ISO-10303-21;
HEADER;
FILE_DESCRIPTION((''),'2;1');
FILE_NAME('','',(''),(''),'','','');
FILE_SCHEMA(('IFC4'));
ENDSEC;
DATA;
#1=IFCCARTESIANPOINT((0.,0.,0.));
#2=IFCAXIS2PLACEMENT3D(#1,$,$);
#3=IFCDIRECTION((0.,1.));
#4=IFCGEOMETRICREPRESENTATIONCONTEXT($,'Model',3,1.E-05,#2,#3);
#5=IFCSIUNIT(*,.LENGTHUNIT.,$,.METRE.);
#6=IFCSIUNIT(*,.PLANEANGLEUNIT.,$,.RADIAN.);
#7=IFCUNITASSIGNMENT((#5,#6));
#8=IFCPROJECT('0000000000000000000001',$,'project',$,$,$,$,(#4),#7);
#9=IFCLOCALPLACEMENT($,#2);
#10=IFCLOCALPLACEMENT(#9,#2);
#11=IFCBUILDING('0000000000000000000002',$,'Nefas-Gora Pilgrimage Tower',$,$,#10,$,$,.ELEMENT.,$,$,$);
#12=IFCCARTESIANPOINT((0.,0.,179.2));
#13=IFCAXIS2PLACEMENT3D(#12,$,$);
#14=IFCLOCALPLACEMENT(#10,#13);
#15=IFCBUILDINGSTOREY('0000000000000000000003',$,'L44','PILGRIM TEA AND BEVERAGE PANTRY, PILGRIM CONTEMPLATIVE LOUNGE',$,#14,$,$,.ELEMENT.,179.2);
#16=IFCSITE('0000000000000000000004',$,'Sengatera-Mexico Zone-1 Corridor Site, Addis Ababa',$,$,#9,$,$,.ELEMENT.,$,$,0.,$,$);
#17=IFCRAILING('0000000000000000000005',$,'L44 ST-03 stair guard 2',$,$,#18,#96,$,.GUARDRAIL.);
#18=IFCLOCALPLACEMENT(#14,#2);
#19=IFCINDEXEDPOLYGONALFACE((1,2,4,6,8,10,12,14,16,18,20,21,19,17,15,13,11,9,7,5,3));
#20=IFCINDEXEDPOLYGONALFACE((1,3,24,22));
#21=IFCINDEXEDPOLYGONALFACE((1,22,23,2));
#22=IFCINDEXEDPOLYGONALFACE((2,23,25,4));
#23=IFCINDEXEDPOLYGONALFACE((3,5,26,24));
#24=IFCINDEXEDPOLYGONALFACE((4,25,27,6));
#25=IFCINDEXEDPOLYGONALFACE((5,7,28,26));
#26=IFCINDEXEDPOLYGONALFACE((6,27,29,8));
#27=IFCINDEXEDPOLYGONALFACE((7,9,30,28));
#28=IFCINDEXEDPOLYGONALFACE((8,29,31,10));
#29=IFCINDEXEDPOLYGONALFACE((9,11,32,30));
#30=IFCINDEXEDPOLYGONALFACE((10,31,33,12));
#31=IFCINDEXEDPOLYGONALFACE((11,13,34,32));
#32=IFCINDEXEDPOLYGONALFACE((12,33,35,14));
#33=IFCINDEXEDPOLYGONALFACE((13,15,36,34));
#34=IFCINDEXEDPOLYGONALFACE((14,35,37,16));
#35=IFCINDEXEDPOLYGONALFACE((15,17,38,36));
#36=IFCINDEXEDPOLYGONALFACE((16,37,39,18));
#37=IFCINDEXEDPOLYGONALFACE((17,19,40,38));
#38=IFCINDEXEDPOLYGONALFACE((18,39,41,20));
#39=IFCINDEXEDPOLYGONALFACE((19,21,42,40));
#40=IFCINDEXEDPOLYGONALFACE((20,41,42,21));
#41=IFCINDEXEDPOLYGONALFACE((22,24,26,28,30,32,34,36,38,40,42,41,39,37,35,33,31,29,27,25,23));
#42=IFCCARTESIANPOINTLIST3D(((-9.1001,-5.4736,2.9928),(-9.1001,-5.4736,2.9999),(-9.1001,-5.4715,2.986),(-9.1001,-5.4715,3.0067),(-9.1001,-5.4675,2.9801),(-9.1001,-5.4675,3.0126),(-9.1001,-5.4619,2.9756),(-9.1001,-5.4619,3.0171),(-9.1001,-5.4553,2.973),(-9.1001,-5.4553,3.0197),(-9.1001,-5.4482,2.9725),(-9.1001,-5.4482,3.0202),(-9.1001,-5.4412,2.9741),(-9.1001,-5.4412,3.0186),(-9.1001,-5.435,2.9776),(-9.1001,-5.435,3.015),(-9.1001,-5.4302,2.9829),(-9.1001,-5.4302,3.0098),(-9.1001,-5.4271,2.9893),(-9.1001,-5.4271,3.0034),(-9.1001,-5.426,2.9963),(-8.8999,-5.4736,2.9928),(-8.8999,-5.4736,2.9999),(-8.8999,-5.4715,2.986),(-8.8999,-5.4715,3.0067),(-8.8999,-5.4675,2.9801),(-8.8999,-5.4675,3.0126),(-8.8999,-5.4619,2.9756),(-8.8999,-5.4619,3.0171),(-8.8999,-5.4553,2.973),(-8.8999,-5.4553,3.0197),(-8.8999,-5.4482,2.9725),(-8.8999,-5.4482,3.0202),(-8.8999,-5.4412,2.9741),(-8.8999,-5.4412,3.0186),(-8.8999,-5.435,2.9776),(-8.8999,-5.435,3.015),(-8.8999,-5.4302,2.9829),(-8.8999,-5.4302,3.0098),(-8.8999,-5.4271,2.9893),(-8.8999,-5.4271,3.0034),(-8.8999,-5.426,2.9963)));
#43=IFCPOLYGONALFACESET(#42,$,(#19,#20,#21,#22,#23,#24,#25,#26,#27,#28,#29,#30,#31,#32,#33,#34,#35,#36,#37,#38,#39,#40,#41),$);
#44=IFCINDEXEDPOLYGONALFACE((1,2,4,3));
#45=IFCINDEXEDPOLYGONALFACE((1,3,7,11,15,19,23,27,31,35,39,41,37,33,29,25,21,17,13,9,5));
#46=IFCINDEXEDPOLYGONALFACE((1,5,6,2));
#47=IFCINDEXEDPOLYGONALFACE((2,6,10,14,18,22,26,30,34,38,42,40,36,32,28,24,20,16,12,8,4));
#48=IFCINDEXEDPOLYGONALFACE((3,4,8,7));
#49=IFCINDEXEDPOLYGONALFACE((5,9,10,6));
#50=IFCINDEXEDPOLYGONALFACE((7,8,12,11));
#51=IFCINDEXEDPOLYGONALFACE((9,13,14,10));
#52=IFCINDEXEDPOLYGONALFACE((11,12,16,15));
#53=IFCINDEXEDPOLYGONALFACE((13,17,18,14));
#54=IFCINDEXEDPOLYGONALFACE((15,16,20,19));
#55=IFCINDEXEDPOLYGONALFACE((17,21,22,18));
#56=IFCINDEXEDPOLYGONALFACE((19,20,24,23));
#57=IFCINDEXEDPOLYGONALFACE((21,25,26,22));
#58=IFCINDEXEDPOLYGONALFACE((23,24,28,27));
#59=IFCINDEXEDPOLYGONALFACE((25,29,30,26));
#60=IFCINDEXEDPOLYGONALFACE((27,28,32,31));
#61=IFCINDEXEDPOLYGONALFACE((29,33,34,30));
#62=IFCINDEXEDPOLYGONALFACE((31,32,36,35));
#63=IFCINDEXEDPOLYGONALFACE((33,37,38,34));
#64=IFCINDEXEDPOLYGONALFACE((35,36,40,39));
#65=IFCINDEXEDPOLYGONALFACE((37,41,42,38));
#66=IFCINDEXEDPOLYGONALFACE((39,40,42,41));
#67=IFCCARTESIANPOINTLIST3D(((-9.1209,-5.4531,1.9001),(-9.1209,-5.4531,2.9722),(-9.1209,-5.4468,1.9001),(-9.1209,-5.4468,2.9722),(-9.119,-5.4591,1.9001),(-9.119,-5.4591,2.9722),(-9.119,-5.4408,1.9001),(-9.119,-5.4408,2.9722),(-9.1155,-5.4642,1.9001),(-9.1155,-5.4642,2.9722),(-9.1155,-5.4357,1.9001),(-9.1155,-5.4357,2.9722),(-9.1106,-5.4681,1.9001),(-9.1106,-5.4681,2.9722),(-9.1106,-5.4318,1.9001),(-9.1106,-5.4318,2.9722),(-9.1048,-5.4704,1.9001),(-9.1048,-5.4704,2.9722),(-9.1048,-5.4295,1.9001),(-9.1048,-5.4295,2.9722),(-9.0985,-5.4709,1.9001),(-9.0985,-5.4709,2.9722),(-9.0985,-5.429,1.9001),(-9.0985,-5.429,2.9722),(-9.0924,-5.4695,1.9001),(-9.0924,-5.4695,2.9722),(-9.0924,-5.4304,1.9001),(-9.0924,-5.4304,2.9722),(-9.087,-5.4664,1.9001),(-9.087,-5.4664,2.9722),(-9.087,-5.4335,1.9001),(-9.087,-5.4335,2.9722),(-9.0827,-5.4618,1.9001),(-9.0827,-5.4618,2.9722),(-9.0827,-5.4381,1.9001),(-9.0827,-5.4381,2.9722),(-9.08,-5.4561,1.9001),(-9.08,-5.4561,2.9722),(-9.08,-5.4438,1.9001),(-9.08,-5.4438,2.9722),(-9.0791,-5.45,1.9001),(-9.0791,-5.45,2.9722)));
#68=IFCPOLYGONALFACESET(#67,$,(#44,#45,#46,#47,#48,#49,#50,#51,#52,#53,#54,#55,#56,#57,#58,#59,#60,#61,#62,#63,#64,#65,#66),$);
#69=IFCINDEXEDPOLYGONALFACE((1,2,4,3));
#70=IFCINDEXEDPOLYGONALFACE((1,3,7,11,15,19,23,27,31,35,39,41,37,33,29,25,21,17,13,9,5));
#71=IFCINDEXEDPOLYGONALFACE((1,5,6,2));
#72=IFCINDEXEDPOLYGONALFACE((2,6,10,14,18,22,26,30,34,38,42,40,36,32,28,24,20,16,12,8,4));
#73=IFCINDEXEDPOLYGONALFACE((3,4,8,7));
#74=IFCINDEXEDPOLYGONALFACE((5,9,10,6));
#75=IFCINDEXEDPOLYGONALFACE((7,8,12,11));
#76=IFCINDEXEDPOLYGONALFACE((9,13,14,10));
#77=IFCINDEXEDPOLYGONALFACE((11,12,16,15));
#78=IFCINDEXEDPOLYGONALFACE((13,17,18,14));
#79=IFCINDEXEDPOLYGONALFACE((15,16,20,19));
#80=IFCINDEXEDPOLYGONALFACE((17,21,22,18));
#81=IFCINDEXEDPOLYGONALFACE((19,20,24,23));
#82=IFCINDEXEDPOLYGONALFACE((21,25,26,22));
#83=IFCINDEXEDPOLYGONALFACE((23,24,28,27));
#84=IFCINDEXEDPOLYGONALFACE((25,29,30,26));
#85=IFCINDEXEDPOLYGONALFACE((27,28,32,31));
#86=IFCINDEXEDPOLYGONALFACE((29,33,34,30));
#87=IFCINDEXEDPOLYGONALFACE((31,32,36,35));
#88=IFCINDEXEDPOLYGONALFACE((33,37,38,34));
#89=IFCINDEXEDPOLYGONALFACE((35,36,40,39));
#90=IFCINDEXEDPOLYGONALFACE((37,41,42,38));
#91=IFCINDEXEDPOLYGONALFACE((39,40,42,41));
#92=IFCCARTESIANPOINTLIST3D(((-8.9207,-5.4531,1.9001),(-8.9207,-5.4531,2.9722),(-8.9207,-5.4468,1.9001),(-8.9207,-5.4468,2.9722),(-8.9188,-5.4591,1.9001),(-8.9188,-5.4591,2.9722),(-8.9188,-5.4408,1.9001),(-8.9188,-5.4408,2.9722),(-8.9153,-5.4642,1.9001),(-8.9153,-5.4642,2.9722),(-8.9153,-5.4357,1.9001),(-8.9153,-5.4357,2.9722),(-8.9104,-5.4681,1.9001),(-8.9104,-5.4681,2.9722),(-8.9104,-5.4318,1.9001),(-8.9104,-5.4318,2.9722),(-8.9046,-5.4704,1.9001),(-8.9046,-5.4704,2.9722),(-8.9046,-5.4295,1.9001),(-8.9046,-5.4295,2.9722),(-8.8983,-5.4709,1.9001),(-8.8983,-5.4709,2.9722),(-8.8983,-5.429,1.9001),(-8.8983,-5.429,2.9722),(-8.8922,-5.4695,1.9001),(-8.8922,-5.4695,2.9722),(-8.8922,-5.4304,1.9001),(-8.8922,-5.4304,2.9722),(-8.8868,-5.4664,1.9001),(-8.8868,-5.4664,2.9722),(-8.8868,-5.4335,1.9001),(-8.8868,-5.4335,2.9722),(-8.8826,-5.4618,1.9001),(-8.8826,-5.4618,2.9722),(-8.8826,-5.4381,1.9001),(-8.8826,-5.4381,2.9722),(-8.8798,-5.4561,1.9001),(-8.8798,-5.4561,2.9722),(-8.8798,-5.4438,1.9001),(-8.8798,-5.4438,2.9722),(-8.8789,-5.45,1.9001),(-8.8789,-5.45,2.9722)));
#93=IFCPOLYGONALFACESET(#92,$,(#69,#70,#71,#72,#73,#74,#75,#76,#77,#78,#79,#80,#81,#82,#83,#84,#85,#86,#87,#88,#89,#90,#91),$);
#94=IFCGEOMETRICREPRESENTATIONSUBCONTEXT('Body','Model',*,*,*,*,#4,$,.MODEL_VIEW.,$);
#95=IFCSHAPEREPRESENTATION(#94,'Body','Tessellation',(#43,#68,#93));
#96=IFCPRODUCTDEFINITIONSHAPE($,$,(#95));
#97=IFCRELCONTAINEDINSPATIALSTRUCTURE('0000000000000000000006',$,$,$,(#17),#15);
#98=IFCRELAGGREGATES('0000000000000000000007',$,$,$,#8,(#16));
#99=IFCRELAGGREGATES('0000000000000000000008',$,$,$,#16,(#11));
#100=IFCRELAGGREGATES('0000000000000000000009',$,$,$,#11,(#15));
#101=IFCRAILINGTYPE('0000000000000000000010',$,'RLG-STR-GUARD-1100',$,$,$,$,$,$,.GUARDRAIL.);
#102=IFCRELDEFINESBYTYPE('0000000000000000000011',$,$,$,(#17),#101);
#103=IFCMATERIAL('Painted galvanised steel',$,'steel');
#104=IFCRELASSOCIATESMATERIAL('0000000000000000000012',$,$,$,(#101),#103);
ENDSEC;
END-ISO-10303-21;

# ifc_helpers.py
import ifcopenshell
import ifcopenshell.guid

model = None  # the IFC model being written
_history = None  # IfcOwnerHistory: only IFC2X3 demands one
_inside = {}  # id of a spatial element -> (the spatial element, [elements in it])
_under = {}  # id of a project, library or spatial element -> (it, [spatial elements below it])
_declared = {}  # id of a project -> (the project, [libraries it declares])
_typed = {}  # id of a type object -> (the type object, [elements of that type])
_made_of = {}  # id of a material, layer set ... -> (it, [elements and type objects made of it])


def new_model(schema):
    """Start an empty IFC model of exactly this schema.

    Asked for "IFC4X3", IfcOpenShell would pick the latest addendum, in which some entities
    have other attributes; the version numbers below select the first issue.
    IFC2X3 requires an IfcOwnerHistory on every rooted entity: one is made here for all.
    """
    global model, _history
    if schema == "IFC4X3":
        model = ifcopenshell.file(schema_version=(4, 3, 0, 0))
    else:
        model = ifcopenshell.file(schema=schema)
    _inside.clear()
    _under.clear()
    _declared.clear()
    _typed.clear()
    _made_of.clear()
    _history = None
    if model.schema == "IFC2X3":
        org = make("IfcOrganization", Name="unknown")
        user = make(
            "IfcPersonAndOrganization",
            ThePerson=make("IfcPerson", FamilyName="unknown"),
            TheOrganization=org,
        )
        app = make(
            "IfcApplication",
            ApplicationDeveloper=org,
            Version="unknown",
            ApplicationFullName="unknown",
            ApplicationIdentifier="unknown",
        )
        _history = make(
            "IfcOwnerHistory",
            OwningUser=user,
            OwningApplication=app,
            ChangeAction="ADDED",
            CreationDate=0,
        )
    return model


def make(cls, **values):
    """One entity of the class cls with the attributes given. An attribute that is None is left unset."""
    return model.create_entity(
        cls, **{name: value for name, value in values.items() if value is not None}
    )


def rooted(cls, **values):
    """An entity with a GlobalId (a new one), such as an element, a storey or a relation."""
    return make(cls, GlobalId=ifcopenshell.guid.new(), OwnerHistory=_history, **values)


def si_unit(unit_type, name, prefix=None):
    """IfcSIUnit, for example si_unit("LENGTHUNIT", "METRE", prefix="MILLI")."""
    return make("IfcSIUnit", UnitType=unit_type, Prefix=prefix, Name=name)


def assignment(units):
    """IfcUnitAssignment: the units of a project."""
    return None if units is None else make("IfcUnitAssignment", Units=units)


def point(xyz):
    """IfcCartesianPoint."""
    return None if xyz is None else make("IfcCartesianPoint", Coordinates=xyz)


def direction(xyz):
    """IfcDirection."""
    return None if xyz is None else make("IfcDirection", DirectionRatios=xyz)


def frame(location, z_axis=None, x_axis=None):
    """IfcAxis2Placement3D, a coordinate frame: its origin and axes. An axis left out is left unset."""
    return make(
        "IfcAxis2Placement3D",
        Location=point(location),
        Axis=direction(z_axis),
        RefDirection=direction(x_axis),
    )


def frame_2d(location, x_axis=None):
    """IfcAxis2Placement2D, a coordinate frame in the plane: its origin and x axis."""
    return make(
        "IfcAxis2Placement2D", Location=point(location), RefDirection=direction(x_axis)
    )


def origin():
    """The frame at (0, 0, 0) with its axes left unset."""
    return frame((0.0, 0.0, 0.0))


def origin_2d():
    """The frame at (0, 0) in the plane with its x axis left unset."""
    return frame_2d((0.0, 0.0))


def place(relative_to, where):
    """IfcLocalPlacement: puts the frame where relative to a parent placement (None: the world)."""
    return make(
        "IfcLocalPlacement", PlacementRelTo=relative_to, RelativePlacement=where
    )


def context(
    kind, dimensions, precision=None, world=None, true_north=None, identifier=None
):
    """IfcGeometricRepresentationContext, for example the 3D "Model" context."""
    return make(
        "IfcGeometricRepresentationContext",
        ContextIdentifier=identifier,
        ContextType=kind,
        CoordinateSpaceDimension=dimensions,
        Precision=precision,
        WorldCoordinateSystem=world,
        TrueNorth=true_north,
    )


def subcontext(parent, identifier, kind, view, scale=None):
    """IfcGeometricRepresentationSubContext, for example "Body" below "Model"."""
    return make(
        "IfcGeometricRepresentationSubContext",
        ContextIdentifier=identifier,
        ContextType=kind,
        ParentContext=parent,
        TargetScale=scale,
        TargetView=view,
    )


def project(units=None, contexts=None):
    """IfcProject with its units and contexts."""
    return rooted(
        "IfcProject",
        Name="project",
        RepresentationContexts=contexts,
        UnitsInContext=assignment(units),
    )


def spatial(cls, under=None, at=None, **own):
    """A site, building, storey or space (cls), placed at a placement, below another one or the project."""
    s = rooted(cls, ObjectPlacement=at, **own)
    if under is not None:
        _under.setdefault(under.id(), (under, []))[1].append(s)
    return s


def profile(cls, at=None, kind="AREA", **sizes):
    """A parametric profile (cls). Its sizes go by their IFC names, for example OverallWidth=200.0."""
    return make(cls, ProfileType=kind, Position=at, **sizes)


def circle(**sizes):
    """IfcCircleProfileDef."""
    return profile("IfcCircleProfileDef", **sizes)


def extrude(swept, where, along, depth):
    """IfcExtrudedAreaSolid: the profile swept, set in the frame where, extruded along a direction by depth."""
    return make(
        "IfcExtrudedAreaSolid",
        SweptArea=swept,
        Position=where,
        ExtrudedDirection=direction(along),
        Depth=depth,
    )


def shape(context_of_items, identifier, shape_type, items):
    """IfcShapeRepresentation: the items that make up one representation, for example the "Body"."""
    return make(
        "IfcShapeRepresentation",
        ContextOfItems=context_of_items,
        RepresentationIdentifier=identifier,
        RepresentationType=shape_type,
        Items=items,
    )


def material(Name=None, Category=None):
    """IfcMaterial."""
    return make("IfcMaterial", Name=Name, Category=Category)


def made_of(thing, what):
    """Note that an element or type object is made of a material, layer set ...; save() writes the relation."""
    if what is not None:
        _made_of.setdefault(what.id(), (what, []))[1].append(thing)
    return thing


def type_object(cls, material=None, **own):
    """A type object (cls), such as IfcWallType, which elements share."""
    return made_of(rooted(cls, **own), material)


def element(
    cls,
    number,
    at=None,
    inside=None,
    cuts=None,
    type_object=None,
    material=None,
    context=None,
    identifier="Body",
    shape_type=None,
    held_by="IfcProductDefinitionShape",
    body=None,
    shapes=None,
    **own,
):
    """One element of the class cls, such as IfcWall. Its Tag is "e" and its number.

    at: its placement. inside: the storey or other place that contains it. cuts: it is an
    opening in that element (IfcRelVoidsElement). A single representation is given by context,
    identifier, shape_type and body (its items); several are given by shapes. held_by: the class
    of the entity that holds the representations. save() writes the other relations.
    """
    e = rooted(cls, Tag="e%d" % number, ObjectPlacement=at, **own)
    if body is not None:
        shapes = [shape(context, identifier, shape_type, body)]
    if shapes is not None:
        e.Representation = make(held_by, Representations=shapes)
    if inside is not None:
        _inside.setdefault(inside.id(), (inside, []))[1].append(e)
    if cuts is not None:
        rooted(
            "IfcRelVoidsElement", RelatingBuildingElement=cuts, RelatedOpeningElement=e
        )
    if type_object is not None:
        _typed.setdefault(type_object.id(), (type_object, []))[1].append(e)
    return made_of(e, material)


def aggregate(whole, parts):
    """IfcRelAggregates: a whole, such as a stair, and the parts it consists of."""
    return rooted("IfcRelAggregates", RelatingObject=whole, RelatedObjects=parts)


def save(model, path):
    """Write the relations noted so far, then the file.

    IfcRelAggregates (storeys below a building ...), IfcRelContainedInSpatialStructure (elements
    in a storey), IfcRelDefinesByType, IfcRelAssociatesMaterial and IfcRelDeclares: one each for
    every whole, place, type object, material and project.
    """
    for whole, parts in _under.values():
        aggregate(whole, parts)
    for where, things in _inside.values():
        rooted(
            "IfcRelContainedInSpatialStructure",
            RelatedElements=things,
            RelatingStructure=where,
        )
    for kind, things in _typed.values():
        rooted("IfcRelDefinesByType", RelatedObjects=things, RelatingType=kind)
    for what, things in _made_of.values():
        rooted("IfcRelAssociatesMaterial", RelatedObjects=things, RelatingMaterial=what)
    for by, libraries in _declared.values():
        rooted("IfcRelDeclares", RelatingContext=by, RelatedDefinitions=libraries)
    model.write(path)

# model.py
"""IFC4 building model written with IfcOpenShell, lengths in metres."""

from ifc_helpers import new_model, si_unit, direction, frame, origin, origin_2d, place, context, subcontext, project, spatial, circle, extrude, material, type_object, element, save


model = new_model("IFC4")

# Units and contexts
model_context = context("Model", 3, precision=1e-05, world=origin(), true_north=direction((0.0, 1.0)))
body_context = subcontext(model_context, "Body", "Model", "MODEL_VIEW")
ifc_project = project(units=[si_unit("LENGTHUNIT", "METRE"), si_unit("PLANEANGLEUNIT", "RADIAN")], contexts=[model_context])

# Site, building, storey
site_placement = place(None, origin())
site = spatial("IfcSite", under=ifc_project, at=site_placement, Name="Sengatera-Mexico Zone-1 Corridor Site, Addis Ababa", CompositionType="ELEMENT", RefElevation=0.0)
building_placement = place(site_placement, origin())
building = spatial("IfcBuilding", under=site, at=building_placement, Name="Nefas-Gora Pilgrimage Tower", CompositionType="ELEMENT")
storey_placement = place(building_placement, frame((0.0, 0.0, 179.2)))
storey = spatial("IfcBuildingStorey", under=building, at=storey_placement, Name="L44", Description="PILGRIM TEA AND BEVERAGE PANTRY, PILGRIM CONTEMPLATIVE LOUNGE", CompositionType="ELEMENT", Elevation=179.2)

# Railing
ifc_material_1 = material(Name="Painted galvanised steel", Category="steel")
railing_type_1 = type_object("IfcRailingType", Name="RLG-STR-GUARD-1100", PredefinedType="GUARDRAIL", material=ifc_material_1)
railing_1_placement = place(storey_placement, frame((-9.1001, -5.45, 1.9001)))
element("IfcRailing", 1, at=railing_1_placement, inside=storey, type_object=railing_type_1, Name="L44 ST-03 stair guard 2", PredefinedType="GUARDRAIL", context=body_context, shape_type="SweptSolid", body=[
    extrude(circle(Radius=0.0239, at=origin_2d()), frame((0.0, 0.0, 1.0962), z_axis=(1.0, 0.0, 0.0), x_axis=(0.0, 1.0, 0.0)), (0.0, 0.0, 1.0), 0.2002),
    extrude(circle(Radius=0.021, at=origin_2d()), origin(), (0.0, 0.0, 1.0), 1.072),
    extrude(circle(Radius=0.021, at=origin_2d()), frame((0.2002, 0.0, 0.0)), (0.0, 0.0, 1.0), 1.072),
])

save(model, "model.ifc")
